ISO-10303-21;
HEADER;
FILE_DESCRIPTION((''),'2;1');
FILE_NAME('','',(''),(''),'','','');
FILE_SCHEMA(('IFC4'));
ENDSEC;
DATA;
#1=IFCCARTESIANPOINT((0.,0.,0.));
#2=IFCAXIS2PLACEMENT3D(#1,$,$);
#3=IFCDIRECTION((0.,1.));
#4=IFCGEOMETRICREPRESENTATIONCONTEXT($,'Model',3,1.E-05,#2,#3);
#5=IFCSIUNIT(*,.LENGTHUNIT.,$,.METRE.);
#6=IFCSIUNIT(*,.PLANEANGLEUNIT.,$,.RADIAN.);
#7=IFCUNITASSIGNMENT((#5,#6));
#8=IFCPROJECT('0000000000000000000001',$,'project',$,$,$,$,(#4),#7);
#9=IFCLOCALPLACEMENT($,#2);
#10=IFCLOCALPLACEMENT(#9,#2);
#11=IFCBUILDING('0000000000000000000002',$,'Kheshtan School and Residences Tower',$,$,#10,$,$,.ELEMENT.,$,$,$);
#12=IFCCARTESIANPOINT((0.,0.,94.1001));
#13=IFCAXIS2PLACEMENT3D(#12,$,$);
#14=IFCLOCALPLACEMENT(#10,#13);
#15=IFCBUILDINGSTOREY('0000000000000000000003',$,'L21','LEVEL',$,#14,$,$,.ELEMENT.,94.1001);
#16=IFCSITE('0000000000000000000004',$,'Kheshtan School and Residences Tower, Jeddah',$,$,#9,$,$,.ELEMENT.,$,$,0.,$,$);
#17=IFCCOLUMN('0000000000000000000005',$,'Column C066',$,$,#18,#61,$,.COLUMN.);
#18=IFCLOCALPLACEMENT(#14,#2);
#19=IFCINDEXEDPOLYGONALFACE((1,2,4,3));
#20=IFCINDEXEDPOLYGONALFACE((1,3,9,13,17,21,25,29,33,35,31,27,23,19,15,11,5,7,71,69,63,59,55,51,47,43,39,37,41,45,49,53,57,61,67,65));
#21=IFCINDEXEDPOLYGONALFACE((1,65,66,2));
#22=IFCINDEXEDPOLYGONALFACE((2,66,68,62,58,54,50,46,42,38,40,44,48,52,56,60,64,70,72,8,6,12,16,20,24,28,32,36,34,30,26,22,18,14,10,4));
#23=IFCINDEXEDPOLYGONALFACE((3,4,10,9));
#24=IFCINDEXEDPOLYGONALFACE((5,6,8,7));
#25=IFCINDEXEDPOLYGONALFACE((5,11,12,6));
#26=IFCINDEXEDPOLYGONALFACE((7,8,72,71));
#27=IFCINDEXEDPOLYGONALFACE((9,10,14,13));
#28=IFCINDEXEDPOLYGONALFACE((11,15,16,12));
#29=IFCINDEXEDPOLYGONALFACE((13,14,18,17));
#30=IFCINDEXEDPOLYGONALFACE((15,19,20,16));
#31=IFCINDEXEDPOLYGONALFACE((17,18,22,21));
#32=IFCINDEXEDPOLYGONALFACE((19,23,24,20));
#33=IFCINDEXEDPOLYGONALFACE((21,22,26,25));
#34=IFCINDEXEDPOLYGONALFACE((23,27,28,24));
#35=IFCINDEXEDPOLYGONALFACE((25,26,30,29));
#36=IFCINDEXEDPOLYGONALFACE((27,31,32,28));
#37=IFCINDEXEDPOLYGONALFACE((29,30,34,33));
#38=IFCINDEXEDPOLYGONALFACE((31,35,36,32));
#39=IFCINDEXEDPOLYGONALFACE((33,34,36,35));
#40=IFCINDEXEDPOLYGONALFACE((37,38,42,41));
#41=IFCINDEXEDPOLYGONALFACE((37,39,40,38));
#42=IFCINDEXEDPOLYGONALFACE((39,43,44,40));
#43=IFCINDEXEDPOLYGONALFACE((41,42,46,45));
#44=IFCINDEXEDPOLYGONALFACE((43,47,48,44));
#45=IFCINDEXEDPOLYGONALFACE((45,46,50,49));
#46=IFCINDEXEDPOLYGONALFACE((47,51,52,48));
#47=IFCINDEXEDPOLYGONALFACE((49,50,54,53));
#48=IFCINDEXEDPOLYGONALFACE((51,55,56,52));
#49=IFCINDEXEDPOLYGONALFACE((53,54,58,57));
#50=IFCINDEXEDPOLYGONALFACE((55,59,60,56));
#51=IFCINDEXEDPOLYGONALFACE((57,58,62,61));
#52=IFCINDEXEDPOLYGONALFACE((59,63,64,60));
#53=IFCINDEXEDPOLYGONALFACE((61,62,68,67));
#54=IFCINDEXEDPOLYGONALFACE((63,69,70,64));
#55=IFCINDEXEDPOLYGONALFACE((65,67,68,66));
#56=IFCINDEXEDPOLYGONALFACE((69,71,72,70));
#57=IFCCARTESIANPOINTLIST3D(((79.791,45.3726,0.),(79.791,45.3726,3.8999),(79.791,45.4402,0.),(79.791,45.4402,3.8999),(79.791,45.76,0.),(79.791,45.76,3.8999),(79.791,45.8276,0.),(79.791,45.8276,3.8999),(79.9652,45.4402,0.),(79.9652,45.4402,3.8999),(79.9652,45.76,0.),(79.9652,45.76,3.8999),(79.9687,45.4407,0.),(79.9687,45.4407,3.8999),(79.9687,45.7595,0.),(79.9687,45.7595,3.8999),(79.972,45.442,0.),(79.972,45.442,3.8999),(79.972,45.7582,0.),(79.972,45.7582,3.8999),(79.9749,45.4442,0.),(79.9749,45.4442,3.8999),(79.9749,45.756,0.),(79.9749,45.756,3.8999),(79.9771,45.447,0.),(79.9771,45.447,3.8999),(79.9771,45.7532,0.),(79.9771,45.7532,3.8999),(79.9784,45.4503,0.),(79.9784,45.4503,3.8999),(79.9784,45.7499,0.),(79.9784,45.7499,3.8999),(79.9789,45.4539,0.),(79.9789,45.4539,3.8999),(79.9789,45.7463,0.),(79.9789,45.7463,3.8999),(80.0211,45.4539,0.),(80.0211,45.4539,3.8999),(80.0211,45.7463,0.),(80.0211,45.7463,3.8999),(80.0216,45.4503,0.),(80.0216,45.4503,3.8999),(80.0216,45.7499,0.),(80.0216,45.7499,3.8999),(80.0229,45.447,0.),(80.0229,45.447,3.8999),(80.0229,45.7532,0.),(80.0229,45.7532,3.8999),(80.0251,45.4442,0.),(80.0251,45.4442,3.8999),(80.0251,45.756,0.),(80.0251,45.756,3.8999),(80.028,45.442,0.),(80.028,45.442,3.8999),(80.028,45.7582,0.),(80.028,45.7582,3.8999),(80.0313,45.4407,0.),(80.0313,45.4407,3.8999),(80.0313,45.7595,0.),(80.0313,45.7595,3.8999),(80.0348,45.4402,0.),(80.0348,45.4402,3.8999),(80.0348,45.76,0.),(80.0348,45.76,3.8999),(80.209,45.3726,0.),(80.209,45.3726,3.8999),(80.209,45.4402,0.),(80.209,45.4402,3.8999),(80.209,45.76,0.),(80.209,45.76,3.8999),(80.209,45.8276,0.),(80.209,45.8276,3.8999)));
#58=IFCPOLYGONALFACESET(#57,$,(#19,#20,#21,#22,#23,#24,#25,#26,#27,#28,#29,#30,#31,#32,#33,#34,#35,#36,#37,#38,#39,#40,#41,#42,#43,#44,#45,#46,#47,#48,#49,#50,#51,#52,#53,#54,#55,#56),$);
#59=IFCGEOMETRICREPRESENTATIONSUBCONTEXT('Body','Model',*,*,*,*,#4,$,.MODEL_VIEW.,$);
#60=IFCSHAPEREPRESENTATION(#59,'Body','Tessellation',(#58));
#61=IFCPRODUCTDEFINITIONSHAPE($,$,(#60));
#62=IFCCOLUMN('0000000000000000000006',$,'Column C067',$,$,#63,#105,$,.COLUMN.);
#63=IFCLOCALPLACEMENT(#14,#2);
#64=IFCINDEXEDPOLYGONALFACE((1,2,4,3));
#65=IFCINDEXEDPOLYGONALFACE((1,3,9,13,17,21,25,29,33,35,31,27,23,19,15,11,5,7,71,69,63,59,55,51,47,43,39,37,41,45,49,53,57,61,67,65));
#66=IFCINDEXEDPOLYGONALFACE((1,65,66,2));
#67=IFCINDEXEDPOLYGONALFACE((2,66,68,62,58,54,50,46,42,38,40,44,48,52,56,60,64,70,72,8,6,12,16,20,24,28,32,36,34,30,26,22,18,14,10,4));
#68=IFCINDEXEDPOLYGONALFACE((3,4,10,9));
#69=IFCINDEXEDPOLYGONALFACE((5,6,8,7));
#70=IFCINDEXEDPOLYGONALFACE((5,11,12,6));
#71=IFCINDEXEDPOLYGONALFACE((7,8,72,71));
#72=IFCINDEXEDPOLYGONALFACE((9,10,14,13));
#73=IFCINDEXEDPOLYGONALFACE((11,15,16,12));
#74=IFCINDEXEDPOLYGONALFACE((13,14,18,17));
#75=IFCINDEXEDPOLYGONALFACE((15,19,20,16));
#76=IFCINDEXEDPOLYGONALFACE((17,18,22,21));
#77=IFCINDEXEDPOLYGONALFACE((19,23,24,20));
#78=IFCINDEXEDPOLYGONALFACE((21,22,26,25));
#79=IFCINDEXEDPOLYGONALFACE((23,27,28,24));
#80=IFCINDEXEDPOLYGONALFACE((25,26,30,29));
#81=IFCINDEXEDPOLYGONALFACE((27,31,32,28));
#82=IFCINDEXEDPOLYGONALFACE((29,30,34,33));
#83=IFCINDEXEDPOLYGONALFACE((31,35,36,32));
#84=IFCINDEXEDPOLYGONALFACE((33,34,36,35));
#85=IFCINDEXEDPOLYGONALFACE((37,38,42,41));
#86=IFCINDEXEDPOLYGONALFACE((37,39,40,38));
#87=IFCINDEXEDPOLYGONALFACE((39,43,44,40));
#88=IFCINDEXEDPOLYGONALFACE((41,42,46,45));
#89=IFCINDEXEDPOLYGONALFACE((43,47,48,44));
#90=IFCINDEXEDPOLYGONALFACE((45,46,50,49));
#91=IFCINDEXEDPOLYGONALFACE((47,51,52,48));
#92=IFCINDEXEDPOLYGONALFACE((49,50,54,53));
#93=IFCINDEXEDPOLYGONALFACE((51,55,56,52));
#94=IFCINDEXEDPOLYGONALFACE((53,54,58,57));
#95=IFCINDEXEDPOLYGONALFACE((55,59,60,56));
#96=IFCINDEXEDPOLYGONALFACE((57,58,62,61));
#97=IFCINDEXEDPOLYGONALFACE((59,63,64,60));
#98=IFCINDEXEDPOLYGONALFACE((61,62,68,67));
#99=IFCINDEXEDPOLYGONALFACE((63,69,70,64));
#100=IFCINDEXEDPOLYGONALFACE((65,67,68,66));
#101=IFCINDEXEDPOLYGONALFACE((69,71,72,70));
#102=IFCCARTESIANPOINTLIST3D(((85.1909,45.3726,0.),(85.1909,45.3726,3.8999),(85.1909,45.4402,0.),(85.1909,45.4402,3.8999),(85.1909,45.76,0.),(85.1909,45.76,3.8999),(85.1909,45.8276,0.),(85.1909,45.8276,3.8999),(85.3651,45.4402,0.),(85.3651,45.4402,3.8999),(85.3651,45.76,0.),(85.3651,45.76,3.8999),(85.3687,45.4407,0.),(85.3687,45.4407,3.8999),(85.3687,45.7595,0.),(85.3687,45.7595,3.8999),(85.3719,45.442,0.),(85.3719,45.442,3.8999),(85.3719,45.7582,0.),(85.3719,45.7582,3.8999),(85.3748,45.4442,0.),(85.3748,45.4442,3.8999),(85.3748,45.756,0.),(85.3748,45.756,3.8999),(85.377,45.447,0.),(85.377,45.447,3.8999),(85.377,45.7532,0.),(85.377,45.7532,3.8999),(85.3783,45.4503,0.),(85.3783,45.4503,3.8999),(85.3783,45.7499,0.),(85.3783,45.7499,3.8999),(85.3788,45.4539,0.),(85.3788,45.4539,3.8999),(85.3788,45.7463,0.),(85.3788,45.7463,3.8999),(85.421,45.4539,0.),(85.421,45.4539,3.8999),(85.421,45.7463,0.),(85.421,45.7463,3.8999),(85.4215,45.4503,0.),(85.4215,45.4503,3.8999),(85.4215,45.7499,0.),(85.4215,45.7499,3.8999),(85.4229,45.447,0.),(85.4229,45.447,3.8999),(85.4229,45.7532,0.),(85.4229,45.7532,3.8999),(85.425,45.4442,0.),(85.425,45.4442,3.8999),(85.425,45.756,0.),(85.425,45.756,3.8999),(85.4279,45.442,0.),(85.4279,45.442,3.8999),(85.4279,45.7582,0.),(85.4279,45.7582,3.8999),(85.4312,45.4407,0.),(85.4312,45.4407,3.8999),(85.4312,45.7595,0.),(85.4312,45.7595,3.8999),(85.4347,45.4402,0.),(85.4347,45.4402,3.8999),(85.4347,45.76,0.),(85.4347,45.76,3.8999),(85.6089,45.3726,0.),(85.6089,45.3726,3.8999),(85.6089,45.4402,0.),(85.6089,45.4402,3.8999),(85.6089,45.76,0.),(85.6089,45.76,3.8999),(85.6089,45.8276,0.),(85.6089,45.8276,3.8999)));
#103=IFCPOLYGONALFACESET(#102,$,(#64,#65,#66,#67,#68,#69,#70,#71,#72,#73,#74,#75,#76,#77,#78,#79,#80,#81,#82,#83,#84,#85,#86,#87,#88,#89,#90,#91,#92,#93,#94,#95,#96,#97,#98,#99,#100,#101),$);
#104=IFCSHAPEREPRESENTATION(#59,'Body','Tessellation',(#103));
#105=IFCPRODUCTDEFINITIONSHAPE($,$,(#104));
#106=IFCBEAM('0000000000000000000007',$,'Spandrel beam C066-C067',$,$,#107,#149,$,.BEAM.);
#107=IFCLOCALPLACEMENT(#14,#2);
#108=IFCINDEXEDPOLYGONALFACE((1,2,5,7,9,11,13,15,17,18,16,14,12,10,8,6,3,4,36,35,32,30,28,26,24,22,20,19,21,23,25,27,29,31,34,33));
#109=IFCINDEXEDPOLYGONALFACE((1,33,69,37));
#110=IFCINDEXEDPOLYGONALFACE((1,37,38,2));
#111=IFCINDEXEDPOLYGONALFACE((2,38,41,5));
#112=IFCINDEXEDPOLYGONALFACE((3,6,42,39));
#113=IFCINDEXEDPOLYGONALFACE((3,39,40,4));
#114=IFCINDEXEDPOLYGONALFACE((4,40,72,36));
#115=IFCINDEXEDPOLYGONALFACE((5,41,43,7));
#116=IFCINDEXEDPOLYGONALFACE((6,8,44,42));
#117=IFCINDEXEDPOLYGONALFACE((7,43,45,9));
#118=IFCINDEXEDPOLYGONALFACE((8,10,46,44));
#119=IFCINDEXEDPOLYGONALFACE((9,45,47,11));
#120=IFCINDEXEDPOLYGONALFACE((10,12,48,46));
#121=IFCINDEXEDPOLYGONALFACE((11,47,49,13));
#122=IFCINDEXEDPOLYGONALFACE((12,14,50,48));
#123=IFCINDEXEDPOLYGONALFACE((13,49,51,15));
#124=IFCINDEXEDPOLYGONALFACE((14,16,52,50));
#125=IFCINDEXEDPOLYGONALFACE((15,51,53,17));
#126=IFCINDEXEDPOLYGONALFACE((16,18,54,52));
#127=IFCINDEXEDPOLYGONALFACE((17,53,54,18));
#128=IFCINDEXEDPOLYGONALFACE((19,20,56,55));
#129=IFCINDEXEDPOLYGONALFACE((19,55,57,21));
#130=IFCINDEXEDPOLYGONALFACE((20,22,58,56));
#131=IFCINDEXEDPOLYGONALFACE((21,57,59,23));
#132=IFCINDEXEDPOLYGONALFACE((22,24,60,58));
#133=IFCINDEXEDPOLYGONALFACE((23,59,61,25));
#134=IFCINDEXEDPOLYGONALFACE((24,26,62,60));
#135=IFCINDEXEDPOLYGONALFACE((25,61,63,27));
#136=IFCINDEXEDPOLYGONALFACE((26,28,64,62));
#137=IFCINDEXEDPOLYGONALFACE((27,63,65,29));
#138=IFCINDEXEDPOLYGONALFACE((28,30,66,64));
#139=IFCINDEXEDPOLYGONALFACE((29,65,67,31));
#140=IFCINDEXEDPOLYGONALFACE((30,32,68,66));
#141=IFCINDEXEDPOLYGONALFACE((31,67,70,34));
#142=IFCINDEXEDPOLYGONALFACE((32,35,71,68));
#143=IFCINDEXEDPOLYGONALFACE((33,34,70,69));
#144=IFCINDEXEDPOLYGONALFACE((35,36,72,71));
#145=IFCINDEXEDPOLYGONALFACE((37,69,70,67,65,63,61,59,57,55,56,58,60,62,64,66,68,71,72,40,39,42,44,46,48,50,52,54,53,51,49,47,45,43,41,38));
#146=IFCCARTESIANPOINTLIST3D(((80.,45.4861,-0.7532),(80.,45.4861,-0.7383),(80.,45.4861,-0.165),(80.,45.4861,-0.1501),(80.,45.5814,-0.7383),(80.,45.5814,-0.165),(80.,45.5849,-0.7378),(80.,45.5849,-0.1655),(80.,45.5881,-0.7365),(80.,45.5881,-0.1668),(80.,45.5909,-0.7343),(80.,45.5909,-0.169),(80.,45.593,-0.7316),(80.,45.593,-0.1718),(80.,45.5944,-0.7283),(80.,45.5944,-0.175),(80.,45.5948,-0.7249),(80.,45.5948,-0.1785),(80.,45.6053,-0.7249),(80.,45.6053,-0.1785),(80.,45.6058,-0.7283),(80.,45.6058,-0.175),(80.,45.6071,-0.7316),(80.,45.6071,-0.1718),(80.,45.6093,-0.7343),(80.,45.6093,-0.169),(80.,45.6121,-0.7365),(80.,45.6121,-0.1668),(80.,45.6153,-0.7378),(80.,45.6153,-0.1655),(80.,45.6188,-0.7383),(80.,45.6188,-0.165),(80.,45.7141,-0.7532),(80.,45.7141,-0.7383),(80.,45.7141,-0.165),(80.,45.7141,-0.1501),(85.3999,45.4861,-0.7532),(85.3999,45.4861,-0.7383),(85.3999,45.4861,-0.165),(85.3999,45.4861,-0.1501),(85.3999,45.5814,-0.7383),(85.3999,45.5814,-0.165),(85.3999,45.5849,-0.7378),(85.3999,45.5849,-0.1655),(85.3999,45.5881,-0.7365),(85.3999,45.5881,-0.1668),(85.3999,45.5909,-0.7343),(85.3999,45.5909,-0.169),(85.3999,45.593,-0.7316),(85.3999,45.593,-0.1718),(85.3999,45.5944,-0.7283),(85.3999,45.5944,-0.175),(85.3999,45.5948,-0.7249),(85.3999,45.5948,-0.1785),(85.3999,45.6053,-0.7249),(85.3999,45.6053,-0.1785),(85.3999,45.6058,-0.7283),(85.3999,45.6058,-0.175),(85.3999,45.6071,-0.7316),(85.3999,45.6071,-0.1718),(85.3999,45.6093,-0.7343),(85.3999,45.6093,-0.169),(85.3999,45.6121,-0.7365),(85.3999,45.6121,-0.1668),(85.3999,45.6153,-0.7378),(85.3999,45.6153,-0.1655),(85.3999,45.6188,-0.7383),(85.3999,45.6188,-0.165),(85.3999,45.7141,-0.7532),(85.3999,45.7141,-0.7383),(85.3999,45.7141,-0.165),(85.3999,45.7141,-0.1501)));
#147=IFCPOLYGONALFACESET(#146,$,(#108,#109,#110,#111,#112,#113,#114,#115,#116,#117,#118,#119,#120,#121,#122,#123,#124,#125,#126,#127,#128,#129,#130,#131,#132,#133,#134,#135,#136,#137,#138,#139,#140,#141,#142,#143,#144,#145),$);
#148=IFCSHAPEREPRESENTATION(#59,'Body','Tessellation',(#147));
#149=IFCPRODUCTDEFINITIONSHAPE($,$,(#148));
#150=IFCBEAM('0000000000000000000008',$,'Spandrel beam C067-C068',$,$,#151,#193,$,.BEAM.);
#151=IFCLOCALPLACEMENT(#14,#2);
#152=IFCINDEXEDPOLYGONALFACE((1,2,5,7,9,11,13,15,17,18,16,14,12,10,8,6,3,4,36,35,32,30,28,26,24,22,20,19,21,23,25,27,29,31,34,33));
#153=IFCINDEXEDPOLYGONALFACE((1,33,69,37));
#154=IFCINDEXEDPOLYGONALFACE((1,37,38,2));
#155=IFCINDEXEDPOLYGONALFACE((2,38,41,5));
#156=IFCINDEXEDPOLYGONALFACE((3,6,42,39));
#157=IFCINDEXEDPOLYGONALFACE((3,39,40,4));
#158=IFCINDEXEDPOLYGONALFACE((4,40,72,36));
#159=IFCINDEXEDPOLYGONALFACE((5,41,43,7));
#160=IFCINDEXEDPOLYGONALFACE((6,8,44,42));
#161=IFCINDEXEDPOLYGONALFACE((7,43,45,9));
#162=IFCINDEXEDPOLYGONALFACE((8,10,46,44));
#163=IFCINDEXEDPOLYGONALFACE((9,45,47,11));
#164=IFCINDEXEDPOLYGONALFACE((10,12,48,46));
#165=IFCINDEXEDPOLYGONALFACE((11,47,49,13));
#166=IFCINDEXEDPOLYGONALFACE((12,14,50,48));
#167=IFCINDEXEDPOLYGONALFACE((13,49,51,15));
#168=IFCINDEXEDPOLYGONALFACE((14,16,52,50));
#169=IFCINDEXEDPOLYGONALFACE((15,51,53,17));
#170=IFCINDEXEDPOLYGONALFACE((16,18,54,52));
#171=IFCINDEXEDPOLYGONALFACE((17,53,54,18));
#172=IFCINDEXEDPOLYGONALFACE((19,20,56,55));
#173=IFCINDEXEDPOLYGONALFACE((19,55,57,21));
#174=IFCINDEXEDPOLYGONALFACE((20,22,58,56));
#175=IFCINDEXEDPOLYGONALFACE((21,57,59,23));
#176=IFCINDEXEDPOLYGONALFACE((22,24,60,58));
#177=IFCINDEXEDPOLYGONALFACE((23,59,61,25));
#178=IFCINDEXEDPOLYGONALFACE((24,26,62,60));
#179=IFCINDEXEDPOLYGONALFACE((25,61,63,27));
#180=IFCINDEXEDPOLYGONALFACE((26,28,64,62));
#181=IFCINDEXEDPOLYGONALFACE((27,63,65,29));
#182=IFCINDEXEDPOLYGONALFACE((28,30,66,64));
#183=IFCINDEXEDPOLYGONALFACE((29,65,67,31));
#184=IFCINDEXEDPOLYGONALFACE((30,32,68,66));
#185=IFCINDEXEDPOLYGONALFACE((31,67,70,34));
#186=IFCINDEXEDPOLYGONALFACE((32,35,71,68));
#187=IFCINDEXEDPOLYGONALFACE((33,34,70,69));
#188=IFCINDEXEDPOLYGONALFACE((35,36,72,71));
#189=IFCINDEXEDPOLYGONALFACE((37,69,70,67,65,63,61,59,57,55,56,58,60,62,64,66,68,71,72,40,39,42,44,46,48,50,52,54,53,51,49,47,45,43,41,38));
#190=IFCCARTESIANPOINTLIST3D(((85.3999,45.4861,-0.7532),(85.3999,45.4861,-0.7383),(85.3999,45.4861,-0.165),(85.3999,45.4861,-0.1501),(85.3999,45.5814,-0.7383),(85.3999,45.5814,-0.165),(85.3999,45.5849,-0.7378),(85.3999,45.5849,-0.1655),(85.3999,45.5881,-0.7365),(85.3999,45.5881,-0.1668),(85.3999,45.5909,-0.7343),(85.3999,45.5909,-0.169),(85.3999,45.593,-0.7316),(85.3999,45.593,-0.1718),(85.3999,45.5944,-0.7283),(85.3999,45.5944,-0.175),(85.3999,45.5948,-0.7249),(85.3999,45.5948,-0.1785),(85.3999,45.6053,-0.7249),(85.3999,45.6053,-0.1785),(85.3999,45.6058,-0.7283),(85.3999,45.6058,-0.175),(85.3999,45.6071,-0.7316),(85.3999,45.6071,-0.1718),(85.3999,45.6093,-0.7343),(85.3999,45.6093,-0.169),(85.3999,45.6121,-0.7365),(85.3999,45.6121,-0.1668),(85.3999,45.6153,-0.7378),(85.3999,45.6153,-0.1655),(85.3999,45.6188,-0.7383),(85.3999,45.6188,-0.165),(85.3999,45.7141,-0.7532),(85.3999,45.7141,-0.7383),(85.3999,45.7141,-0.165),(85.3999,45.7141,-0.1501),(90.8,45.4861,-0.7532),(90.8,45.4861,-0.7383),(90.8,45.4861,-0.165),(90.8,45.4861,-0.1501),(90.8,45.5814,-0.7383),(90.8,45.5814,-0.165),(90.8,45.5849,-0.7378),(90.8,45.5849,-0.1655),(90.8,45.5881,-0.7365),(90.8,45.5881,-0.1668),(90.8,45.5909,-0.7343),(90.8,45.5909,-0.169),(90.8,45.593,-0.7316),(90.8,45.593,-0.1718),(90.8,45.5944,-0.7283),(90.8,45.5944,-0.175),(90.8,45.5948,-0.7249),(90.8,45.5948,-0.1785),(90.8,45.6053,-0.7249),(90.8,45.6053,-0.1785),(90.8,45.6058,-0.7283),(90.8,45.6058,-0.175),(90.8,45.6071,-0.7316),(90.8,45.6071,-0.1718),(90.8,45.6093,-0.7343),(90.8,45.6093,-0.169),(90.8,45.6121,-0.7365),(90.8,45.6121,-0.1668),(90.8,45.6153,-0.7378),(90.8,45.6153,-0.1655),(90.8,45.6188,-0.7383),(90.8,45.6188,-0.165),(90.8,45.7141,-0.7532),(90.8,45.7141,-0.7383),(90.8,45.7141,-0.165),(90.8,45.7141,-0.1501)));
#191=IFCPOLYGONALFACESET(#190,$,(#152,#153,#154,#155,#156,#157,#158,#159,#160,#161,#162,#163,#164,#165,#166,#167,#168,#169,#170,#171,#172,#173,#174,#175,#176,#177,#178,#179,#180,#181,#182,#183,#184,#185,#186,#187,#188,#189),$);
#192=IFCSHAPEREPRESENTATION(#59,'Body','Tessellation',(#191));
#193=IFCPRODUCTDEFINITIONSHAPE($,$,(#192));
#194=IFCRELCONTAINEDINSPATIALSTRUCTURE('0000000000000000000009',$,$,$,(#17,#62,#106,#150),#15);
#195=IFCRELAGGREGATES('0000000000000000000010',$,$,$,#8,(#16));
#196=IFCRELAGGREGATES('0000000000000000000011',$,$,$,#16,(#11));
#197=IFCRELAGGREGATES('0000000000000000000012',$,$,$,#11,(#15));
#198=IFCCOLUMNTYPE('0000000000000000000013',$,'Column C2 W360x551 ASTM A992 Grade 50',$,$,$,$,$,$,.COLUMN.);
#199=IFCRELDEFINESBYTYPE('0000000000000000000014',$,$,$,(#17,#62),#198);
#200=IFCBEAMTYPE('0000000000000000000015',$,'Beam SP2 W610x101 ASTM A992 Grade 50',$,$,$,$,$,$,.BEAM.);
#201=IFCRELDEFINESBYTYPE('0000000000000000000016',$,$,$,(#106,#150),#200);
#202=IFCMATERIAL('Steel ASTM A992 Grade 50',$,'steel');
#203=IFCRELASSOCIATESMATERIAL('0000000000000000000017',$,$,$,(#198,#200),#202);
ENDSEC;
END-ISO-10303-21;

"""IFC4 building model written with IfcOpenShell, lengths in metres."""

from ifc_helpers import new_model, si_unit, direction, frame, origin, origin_2d, place, context, subcontext, project, spatial, i_section, extrude, material, material_profile, profile_set, type_object, element, save


model = new_model("IFC4")

# Units and contexts
model_context = context("Model", 3, precision=1e-05, world=origin(), true_north=direction((0.0, 1.0)))
body_context = subcontext(model_context, "Body", "Model", "MODEL_VIEW")
ifc_project = project(units=[si_unit("LENGTHUNIT", "METRE"), si_unit("PLANEANGLEUNIT", "RADIAN")], contexts=[model_context])

# Site, building, storey
site_placement = place(None, origin())
site = spatial("IfcSite", under=ifc_project, at=site_placement, Name="Kheshtan School and Residences Tower, Jeddah", CompositionType="ELEMENT", RefElevation=0.0)
building_placement = place(site_placement, origin())
building = spatial("IfcBuilding", under=site, at=building_placement, Name="Kheshtan School and Residences Tower", CompositionType="ELEMENT")
storey_placement = place(building_placement, frame((0.0, 0.0, 94.1001)))
storey = spatial("IfcBuildingStorey", under=building, at=storey_placement, Name="L21", Description="LEVEL", CompositionType="ELEMENT", Elevation=94.1001)

# Columns
ifc_material_1 = material(Name="Steel ASTM A992 Grade 50", Category="steel")
ifc_material_profile_1 = material_profile(ifc_material_1, i_section(OverallWidth=0.418, OverallDepth=0.4551, WebThickness=0.0422, FlangeThickness=0.0676, FilletRadius=0.0137, at=origin_2d()), Name="W360x551")
ifc_profile_set_1 = profile_set([ifc_material_profile_1], Name="Steel ASTM A992 Grade 50")
column_type = type_object("IfcColumnType", Name="Column C2 W360x551 ASTM A992 Grade 50", PredefinedType="COLUMN", material=ifc_profile_set_1)
for number, where, z_axis, x_axis, name in (
    (1, (80.0, 45.6001, 0.0), (0.0, 0.0, 1.0), (1.0, 0.0, 0.0), "Column C066"),
    (2, (85.3999, 45.6001, 0.0), (0.0, 0.0, 1.0), (1.0, 0.0, 0.0), "Column C067"),
):
    element("IfcColumn", number, at=place(storey_placement, frame(where, z_axis=z_axis, x_axis=x_axis)), inside=storey, type_object=column_type, Name=name, PredefinedType="COLUMN", context=body_context, shape_type="SweptSolid", body=[
        extrude(i_section(OverallWidth=0.418, OverallDepth=0.4551, WebThickness=0.0422, FlangeThickness=0.0676, FilletRadius=0.0137, at=origin_2d()), origin(), (0.0, 0.0, 1.0), 3.8999),
    ])

# Beams
ifc_material_profile_2 = material_profile(ifc_material_1, i_section(OverallWidth=0.228, OverallDepth=0.603, WebThickness=0.0105, FlangeThickness=0.0149, FilletRadius=0.0134, at=origin_2d()), Name="W610x101")
ifc_profile_set_2 = profile_set([ifc_material_profile_2], Name="Steel ASTM A992 Grade 50")
beam_type = type_object("IfcBeamType", Name="Beam SP2 W610x101 ASTM A992 Grade 50", PredefinedType="BEAM", material=ifc_profile_set_2)
beam_1_placement = place(storey_placement, frame((80.0, 45.6001, -0.4517), z_axis=(1.0, 0.0, 0.0), x_axis=(0.0, 1.0, 0.0)))
element("IfcBeam", 3, at=beam_1_placement, inside=storey, type_object=beam_type, Name="Spandrel beam C066-C067", PredefinedType="BEAM", context=body_context, shape_type="SweptSolid", body=[
    extrude(i_section(OverallWidth=0.228, OverallDepth=0.603, WebThickness=0.0105, FlangeThickness=0.0149, FilletRadius=0.0134, at=origin_2d()), origin(), (0.0, 0.0, 1.0), 5.3999),
])
beam_2_placement = place(storey_placement, frame((85.3999, 45.6001, -0.4517), z_axis=(1.0, 0.0, 0.0), x_axis=(0.0, 1.0, 0.0)))
element("IfcBeam", 4, at=beam_2_placement, inside=storey, type_object=beam_type, Name="Spandrel beam C067-C068", PredefinedType="BEAM", context=body_context, shape_type="SweptSolid", body=[
    extrude(i_section(OverallWidth=0.228, OverallDepth=0.603, WebThickness=0.0105, FlangeThickness=0.0149, FilletRadius=0.0134, at=origin_2d()), origin(), (0.0, 0.0, 1.0), 5.4001),
])

save(model, "model.ifc")
